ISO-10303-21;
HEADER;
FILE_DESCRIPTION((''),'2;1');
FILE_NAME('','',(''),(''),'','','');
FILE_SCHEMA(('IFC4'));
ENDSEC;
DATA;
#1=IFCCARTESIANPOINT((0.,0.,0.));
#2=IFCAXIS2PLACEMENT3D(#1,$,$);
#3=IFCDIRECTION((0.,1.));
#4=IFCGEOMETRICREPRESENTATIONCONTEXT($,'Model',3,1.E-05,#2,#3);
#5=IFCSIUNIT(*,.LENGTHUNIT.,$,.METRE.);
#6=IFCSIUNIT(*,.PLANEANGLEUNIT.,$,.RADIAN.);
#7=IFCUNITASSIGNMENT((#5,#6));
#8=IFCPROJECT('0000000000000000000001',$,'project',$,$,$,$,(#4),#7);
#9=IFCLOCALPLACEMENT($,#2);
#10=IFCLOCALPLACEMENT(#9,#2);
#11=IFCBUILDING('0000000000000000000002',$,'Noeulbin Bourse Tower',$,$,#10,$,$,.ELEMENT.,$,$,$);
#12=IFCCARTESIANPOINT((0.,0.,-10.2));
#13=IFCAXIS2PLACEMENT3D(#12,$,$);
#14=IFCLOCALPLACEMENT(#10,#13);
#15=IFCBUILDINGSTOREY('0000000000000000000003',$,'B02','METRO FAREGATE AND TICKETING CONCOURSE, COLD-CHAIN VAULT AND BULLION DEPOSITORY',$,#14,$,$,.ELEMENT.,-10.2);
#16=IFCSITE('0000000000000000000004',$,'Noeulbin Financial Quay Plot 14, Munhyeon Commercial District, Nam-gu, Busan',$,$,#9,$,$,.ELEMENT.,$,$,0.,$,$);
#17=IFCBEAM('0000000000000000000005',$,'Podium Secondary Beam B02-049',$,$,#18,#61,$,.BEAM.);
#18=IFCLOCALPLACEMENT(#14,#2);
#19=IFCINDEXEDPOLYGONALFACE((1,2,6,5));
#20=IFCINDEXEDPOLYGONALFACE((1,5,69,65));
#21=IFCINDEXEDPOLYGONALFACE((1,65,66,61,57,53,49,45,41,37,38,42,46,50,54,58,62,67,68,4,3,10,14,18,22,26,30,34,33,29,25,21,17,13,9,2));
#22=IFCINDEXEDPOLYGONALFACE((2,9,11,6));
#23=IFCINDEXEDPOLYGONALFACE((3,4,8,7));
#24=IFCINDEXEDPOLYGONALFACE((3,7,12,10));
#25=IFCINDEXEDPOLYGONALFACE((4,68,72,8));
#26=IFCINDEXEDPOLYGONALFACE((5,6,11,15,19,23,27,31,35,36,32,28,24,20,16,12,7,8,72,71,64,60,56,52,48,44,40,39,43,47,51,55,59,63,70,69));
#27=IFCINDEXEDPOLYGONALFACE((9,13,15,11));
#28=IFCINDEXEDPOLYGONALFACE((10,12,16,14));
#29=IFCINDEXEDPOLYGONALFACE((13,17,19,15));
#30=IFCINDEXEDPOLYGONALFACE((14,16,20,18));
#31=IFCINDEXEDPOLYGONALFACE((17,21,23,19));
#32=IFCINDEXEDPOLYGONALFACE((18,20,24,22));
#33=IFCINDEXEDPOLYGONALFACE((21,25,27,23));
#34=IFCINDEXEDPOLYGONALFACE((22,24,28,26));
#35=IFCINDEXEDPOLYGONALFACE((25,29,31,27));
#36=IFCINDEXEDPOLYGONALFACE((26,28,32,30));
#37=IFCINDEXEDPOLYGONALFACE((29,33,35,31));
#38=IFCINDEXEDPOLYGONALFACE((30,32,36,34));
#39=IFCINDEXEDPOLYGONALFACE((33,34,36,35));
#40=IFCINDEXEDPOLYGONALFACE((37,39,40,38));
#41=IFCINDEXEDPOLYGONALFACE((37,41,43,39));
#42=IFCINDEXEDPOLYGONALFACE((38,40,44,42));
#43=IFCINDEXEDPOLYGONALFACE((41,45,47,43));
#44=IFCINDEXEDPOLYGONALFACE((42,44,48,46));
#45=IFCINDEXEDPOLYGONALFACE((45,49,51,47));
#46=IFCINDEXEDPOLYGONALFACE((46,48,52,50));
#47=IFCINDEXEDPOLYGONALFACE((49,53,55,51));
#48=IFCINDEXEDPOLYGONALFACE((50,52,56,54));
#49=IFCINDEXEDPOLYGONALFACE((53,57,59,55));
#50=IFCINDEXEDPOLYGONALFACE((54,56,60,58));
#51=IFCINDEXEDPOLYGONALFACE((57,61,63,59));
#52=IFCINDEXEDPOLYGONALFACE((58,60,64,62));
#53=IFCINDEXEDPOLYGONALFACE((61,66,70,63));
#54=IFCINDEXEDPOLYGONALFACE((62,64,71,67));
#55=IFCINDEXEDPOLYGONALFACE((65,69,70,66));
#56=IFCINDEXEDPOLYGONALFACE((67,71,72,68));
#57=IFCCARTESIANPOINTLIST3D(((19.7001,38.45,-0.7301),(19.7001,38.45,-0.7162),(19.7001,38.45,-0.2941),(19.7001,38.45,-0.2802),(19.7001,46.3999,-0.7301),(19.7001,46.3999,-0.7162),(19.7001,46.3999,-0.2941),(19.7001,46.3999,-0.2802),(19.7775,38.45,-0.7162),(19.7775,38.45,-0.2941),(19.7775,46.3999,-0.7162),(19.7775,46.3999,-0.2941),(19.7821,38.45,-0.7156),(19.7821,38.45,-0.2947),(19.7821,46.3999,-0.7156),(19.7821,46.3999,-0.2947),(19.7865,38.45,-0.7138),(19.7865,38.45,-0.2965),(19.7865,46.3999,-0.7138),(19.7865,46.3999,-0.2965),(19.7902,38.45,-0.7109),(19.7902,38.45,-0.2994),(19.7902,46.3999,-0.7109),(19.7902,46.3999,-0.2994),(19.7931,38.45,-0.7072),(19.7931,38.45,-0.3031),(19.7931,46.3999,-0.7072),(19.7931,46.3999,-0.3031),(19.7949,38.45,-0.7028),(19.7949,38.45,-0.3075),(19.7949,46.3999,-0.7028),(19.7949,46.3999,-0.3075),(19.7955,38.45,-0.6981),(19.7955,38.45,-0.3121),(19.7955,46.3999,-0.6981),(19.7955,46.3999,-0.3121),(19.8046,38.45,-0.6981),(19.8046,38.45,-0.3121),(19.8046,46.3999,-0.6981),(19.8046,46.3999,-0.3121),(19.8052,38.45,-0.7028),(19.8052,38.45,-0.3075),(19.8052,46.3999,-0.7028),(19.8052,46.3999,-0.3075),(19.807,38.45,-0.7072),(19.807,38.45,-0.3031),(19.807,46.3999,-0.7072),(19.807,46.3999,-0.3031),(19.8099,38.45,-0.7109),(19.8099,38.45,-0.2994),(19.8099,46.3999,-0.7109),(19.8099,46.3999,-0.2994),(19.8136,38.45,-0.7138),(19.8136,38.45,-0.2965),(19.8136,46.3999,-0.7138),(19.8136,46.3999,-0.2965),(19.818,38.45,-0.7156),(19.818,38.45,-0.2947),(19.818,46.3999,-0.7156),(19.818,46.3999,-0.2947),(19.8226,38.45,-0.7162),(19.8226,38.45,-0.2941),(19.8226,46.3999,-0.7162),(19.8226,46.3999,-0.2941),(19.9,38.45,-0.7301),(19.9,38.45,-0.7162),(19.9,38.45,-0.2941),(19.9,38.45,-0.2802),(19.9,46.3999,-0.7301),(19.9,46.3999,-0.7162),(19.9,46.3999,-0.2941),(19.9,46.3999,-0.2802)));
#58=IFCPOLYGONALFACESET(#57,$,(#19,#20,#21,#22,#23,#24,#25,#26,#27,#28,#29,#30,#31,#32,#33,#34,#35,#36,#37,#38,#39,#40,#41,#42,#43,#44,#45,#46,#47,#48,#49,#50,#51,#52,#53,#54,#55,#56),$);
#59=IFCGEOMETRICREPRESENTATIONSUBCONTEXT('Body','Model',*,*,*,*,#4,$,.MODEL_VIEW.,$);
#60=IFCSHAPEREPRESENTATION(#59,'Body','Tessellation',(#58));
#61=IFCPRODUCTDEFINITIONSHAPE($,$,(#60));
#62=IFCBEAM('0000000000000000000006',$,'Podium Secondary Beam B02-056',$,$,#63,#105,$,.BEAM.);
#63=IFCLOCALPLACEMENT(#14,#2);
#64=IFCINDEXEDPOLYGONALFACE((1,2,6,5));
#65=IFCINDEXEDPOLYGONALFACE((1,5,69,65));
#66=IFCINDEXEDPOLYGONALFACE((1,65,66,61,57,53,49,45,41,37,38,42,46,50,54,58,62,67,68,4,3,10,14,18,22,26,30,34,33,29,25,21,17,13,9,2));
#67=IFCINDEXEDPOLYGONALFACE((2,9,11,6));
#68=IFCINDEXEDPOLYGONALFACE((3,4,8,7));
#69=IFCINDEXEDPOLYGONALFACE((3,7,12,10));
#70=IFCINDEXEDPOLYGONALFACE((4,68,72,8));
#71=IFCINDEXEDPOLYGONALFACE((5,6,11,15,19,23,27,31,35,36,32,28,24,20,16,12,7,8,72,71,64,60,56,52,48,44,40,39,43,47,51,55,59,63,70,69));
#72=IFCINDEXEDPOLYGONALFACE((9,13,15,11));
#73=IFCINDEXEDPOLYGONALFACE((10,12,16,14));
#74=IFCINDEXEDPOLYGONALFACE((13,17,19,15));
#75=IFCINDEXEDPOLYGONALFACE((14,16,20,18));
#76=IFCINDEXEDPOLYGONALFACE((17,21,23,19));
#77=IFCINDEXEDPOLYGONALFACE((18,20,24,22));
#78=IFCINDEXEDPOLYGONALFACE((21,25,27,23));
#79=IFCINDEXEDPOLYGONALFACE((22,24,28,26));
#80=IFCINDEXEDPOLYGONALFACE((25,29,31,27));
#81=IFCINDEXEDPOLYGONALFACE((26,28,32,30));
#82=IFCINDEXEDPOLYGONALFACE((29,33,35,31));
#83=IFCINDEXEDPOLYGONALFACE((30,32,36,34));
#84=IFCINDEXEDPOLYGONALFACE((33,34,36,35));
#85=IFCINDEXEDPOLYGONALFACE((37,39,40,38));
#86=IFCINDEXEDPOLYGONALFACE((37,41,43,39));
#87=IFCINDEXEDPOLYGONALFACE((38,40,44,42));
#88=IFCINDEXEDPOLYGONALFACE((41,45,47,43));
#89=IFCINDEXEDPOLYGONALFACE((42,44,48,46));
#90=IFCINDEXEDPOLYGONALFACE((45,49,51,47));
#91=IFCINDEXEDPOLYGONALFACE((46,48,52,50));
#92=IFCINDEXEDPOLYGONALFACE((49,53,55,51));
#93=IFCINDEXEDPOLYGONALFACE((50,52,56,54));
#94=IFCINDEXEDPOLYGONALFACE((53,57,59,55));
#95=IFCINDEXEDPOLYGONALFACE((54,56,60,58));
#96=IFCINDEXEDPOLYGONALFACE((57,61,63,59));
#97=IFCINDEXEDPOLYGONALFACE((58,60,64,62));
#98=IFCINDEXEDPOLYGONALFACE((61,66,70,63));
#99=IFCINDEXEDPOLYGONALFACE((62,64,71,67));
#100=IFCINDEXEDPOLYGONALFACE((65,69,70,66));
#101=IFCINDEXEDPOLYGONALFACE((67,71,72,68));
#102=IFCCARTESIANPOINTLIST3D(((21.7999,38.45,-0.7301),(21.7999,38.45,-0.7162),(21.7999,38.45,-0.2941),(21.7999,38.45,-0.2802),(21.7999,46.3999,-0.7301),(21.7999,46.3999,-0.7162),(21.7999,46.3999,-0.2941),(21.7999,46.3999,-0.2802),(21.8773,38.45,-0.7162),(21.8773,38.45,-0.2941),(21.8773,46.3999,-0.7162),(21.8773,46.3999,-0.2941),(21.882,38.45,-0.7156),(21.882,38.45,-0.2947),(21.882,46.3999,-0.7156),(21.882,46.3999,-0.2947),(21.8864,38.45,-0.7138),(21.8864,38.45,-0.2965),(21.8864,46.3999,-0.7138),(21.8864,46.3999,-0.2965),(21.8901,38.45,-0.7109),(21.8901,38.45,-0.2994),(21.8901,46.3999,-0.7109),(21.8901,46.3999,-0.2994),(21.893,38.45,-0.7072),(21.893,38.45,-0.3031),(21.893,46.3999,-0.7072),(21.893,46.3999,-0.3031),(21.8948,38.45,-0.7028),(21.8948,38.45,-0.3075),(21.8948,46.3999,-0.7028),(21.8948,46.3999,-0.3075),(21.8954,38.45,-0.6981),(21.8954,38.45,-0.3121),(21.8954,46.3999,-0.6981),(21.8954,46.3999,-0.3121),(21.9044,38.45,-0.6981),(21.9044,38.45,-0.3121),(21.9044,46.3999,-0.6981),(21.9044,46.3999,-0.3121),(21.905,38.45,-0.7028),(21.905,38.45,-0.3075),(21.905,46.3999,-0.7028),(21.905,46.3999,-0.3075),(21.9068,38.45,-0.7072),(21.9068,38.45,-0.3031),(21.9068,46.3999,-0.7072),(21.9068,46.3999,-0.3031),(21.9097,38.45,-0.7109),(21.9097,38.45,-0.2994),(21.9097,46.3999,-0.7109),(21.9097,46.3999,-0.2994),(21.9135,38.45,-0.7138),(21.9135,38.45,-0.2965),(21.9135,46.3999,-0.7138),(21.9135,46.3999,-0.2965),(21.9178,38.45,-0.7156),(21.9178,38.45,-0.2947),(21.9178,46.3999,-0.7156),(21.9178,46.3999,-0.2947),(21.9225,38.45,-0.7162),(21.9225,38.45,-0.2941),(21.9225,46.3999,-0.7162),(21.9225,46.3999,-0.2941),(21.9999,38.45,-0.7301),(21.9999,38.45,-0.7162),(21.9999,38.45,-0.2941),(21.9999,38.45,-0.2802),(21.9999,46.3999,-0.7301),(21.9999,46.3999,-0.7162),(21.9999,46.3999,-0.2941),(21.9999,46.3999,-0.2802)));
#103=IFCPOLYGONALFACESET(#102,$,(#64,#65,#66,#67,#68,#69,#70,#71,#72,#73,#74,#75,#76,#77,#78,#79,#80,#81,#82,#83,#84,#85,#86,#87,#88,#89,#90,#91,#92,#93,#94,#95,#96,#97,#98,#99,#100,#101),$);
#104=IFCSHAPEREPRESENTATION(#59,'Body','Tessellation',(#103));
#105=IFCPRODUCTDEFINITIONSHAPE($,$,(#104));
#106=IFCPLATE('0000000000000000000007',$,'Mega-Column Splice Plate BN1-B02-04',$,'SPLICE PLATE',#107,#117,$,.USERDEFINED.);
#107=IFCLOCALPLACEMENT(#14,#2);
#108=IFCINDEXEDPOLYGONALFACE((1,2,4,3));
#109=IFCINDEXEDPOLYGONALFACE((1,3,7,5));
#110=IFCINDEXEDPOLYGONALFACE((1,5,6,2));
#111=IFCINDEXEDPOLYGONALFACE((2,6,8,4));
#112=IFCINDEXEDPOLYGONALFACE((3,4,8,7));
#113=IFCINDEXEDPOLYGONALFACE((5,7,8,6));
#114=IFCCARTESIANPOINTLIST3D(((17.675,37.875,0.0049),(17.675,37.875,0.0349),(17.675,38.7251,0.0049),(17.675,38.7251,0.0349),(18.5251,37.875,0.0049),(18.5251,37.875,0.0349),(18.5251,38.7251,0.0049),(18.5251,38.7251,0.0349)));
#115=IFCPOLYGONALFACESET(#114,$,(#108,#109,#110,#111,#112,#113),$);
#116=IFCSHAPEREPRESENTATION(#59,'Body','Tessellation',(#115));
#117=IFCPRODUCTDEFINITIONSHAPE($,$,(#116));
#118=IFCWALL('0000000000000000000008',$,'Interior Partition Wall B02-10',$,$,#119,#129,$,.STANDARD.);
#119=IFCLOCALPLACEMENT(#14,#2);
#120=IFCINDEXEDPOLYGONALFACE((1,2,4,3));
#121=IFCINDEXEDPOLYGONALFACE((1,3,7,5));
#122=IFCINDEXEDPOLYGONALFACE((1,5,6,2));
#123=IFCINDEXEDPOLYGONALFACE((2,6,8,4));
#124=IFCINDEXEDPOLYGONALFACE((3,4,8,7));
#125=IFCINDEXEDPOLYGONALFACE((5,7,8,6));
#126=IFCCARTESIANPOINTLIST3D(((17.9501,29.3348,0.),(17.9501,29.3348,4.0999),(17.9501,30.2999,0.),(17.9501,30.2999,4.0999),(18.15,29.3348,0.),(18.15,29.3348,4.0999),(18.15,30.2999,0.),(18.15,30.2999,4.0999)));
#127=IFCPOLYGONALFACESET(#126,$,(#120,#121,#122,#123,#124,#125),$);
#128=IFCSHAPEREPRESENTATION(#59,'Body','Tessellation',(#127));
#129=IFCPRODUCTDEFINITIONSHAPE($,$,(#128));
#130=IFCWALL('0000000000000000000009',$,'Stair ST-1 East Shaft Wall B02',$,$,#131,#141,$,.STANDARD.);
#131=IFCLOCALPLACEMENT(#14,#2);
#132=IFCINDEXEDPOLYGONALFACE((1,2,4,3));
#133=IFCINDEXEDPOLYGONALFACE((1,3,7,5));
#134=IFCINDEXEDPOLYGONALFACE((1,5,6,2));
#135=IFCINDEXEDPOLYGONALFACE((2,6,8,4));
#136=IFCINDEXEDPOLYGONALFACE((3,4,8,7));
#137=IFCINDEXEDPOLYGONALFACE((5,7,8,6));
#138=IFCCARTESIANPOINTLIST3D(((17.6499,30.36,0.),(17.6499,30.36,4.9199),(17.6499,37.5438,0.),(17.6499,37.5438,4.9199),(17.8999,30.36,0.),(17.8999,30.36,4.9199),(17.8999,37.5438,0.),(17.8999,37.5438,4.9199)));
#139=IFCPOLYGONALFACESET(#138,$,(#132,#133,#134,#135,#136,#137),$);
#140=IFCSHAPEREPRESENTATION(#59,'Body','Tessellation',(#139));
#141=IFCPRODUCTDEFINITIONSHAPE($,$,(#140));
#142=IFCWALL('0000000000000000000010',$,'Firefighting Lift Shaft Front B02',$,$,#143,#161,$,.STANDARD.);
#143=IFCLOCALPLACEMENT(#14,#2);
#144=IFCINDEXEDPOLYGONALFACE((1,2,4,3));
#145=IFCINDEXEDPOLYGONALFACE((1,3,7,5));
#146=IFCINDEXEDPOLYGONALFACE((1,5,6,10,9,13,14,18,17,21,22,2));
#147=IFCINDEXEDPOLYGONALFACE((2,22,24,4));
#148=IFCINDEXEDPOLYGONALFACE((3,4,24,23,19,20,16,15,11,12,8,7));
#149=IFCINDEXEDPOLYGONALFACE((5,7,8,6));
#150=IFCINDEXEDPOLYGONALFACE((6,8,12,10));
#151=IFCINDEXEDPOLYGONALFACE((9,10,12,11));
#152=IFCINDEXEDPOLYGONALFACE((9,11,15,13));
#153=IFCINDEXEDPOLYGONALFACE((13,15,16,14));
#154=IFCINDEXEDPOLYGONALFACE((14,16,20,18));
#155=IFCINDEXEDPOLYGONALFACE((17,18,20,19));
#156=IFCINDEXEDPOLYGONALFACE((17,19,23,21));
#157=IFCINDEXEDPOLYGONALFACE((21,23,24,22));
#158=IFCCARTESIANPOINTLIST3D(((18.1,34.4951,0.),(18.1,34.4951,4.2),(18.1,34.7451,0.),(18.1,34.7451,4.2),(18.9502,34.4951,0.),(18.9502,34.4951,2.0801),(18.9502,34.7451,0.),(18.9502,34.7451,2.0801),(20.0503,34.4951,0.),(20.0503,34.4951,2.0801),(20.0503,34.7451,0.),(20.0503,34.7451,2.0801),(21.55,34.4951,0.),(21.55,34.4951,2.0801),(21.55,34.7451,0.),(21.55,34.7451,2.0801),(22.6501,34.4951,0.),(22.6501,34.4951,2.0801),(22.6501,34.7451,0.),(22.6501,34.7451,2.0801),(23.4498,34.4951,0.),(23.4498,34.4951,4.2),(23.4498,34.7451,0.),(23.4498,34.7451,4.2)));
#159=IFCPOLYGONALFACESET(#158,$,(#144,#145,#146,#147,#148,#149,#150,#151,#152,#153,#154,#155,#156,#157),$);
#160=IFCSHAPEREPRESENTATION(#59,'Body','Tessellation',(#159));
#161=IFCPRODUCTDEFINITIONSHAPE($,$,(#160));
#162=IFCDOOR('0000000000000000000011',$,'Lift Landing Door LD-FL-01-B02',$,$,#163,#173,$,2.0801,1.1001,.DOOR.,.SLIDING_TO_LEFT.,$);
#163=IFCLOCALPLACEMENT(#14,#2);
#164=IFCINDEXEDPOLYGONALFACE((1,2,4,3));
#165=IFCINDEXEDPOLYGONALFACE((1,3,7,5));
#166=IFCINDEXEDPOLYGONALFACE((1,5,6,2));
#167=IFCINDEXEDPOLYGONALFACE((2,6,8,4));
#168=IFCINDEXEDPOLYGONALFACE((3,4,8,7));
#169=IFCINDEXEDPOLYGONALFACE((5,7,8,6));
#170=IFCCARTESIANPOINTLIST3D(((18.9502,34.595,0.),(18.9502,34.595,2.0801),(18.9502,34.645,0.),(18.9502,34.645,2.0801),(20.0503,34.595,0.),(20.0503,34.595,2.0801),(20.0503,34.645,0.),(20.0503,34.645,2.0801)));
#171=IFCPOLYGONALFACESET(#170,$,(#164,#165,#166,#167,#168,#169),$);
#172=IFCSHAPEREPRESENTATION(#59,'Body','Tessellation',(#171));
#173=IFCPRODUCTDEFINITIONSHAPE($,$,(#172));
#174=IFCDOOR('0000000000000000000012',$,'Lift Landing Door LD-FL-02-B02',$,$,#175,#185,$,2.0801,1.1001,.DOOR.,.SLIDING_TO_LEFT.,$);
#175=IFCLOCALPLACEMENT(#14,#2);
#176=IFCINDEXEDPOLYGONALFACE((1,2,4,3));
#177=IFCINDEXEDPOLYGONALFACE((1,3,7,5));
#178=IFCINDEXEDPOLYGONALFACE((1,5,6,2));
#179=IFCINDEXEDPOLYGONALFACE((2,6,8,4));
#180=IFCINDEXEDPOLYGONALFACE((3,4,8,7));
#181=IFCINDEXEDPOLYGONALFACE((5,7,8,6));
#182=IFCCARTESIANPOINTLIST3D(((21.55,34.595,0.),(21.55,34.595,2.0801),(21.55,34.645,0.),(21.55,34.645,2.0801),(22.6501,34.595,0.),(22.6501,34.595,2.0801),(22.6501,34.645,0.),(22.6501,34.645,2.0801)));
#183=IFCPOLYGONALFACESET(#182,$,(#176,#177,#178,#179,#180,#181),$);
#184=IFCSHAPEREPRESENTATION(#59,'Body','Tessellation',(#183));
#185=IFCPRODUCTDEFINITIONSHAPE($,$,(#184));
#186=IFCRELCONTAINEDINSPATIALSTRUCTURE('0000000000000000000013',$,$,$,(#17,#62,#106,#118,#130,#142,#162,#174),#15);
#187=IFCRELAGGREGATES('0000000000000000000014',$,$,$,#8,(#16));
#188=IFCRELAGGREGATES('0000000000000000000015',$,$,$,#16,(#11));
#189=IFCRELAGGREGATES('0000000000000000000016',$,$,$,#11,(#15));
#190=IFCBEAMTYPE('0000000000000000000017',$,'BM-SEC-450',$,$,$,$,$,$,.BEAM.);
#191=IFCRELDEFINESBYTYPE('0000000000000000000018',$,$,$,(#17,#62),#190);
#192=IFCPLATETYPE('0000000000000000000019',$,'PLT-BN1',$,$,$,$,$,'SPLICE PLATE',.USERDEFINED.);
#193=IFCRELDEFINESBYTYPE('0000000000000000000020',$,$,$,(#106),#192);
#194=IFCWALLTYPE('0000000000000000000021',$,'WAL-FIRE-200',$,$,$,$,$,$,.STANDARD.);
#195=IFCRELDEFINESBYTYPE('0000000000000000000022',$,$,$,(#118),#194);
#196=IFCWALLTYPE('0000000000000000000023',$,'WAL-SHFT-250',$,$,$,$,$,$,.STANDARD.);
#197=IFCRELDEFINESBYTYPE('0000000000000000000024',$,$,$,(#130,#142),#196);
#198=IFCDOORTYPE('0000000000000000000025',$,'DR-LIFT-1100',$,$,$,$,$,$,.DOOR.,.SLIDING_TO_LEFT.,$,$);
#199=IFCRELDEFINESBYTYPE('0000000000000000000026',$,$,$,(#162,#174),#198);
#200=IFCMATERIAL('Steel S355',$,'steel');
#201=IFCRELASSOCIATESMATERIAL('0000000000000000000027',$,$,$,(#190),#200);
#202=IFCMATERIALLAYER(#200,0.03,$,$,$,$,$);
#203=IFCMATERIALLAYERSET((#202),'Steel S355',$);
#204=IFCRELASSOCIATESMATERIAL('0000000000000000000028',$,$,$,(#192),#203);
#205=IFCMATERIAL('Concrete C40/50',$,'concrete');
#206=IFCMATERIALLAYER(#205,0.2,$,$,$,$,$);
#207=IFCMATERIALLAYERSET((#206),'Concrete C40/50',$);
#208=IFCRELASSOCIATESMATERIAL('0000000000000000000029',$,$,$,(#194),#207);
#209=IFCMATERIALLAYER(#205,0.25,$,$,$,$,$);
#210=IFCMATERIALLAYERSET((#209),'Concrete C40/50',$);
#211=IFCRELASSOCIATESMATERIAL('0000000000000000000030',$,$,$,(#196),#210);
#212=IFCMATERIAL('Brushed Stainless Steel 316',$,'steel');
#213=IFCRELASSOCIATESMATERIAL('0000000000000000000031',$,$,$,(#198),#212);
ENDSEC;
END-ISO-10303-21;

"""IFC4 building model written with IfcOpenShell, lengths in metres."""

from ifc_helpers import new_model, si_unit, direction, frame, frame_2d, origin, origin_2d, place, context, subcontext, project, spatial, rectangle, i_section, extrude, material, layer, layer_set, material_profile, profile_set, type_object, element, fill, save


model = new_model("IFC4")

# Units and contexts
model_context = context("Model", 3, precision=1e-05, world=origin(), true_north=direction((0.0, 1.0)))
body_context = subcontext(model_context, "Body", "Model", "MODEL_VIEW")
ifc_project = project(units=[si_unit("LENGTHUNIT", "METRE"), si_unit("PLANEANGLEUNIT", "RADIAN")], contexts=[model_context])

# Site, building, storey
site_placement = place(None, origin())
site = spatial("IfcSite", under=ifc_project, at=site_placement, Name="Noeulbin Financial Quay Plot 14, Munhyeon Commercial District, Nam-gu, Busan", CompositionType="ELEMENT", RefElevation=0.0)
building_placement = place(site_placement, origin())
building = spatial("IfcBuilding", under=site, at=building_placement, Name="Noeulbin Bourse Tower", CompositionType="ELEMENT")
storey_placement = place(building_placement, frame((0.0, 0.0, -10.2)))
storey = spatial("IfcBuildingStorey", under=building, at=storey_placement, Name="B02", Description="METRO FAREGATE AND TICKETING CONCOURSE, COLD-CHAIN VAULT AND BULLION DEPOSITORY", CompositionType="ELEMENT", Elevation=-10.2)

# Beams
ifc_material_1 = material(Name="Steel S355", Category="steel")
ifc_material_profile_1 = material_profile(ifc_material_1, i_section(OverallWidth=0.2, OverallDepth=0.45, WebThickness=0.009, FlangeThickness=0.0139, FilletRadius=0.0181, at=origin_2d()), Name="H-450x200x9x14", Category="LoadBearing")
ifc_profile_set_1 = profile_set([ifc_material_profile_1], Name="Steel S355")
beam_type = type_object("IfcBeamType", Name="BM-SEC-450", PredefinedType="BEAM", material=ifc_profile_set_1)
for number, where, z_axis, x_axis, name in (
    (1, (19.8, 38.45, -0.5051), (0.0, 1.0, 0.0), (-1.0, 0.0, 0.0), "Podium Secondary Beam B02-049"),
    (2, (21.8999, 38.45, -0.5051), (0.0, 1.0, 0.0), (-1.0, 0.0, 0.0), "Podium Secondary Beam B02-056"),
):
    element("IfcBeam", number, at=place(storey_placement, frame(where, z_axis=z_axis, x_axis=x_axis)), inside=storey, type_object=beam_type, Name=name, PredefinedType="BEAM", context=body_context, shape_type="SweptSolid", body=[
        extrude(i_section(OverallWidth=0.2, OverallDepth=0.45, WebThickness=0.009, FlangeThickness=0.0139, FilletRadius=0.0181, at=origin_2d()), origin(), (0.0, 0.0, 1.0), 7.95),
    ])

# Plate
ifc_layer_1 = layer(ifc_material_1, 0.03)
ifc_layer_set_1 = layer_set([ifc_layer_1], Name="Steel S355")
plate_type = type_object("IfcPlateType", Name="PLT-BN1", ElementType="SPLICE PLATE", PredefinedType="USERDEFINED", material=ifc_layer_set_1)
plate_placement = place(storey_placement, frame((18.1001, 38.3, 0.0049), z_axis=(0.0, 0.0, 1.0), x_axis=(1.0, 0.0, 0.0)))
element("IfcPlate", 3, at=plate_placement, inside=storey, type_object=plate_type, Name="Mega-Column Splice Plate BN1-B02-04", ObjectType="SPLICE PLATE", PredefinedType="USERDEFINED", context=body_context, shape_type="SweptSolid", body=[
    extrude(rectangle(XDim=0.8501, YDim=0.8501, at=origin_2d()), origin(), (0.0, 0.0, 1.0), 0.03),
])

# Walls
ifc_material_2 = material(Name="Concrete C40/50", Category="concrete")
ifc_layer_2 = layer(ifc_material_2, 0.2)
ifc_layer_set_2 = layer_set([ifc_layer_2], Name="Concrete C40/50")
wall_type_1 = type_object("IfcWallType", Name="WAL-FIRE-200", PredefinedType="STANDARD", material=ifc_layer_set_2)
wall_1_placement = place(storey_placement, frame((18.05, 29.335, 0.0), z_axis=(0.0, 0.0, 1.0), x_axis=(0.0, 1.0, 0.0)))
element("IfcWall", 4, at=wall_1_placement, inside=storey, type_object=wall_type_1, Name="Interior Partition Wall B02-10", PredefinedType="STANDARD", context=body_context, shape_type="SweptSolid", body=[
    extrude(rectangle(XDim=0.9651, YDim=0.2, at=frame_2d((0.4824, 0.0))), origin(), (0.0, 0.0, 1.0), 4.0999),
])
ifc_layer_3 = layer(ifc_material_2, 0.25)
ifc_layer_set_3 = layer_set([ifc_layer_3], Name="Concrete C40/50")
wall_type_2 = type_object("IfcWallType", Name="WAL-SHFT-250", PredefinedType="STANDARD", material=ifc_layer_set_3)
wall_2_placement = place(storey_placement, frame((17.7749, 30.3601, 0.0), z_axis=(0.0, 0.0, 1.0), x_axis=(0.0, 1.0, 0.0)))
element("IfcWall", 5, at=wall_2_placement, inside=storey, type_object=wall_type_2, Name="Stair ST-1 East Shaft Wall B02", PredefinedType="STANDARD", context=body_context, shape_type="SweptSolid", body=[
    extrude(rectangle(XDim=7.1838, YDim=0.25, at=frame_2d((3.5918, 0.0))), origin(), (0.0, 0.0, 1.0), 4.9199),
])

# Wall, openings, doors
wall_3_placement = place(storey_placement, frame((18.1001, 34.6201, 0.0), z_axis=(0.0, 0.0, 1.0), x_axis=(1.0, 0.0, 0.0)))
wall_3 = element("IfcWall", 6, at=wall_3_placement, inside=storey, type_object=wall_type_2, Name="Firefighting Lift Shaft Front B02", PredefinedType="STANDARD", context=body_context, shape_type="SweptSolid", body=[
    extrude(rectangle(XDim=5.3499, YDim=0.25, at=frame_2d((2.6748, 0.0))), origin(), (0.0, 0.0, 1.0), 4.2),
])
opening_1_placement = place(wall_3_placement, frame((0.8501, 0.0, 0.0)))
opening_1 = element("IfcOpeningElement", 7, at=opening_1_placement, cuts=wall_3, PredefinedType="OPENING", context=body_context, shape_type="SweptSolid", body=[
    extrude(rectangle(XDim=1.1001, YDim=2.0801, at=frame_2d((0.55, 1.04))), frame((0.0, 0.135, 0.0), z_axis=(0.0, -1.0, 0.0), x_axis=(1.0, 0.0, 0.0)), (0.0, 0.0, 1.0), 0.27),
])
opening_2_placement = place(wall_3_placement, frame((3.45, 0.0, 0.0)))
opening_2 = element("IfcOpeningElement", 8, at=opening_2_placement, cuts=wall_3, PredefinedType="OPENING", context=body_context, shape_type="SweptSolid", body=[
    extrude(rectangle(XDim=1.1001, YDim=2.0801, at=frame_2d((0.55, 1.04))), frame((0.0, 0.135, 0.0), z_axis=(0.0, -1.0, 0.0), x_axis=(1.0, 0.0, 0.0)), (0.0, 0.0, 1.0), 0.27),
])
ifc_material_3 = material(Name="Brushed Stainless Steel 316", Category="steel")
door_type = type_object("IfcDoorType", Name="DR-LIFT-1100", OperationType="SLIDING_TO_LEFT", PredefinedType="DOOR", material=ifc_material_3)
door_1_placement = place(opening_1_placement, origin())
door_1 = element("IfcDoor", 9, at=door_1_placement, inside=storey, type_object=door_type, Name="Lift Landing Door LD-FL-01-B02", OperationType="SLIDING_TO_LEFT", OverallHeight=2.0801, OverallWidth=1.1001, PredefinedType="DOOR", context=body_context, shape_type="SweptSolid", body=[
    extrude(rectangle(XDim=1.1001, YDim=2.0801, at=frame_2d((0.55, 1.04))), frame((0.0, 0.0249, 0.0), z_axis=(0.0, -1.0, 0.0), x_axis=(1.0, 0.0, 0.0)), (0.0, 0.0, 1.0), 0.05),
])
fill(opening_1, door_1)
door_2_placement = place(opening_2_placement, origin())
door_2 = element("IfcDoor", 10, at=door_2_placement, inside=storey, type_object=door_type, Name="Lift Landing Door LD-FL-02-B02", OperationType="SLIDING_TO_LEFT", OverallHeight=2.0801, OverallWidth=1.1001, PredefinedType="DOOR", context=body_context, shape_type="SweptSolid", body=[
    extrude(rectangle(XDim=1.1001, YDim=2.0801, at=frame_2d((0.55, 1.04))), frame((0.0, 0.0249, 0.0), z_axis=(0.0, -1.0, 0.0), x_axis=(1.0, 0.0, 0.0)), (0.0, 0.0, 1.0), 0.05),
])
fill(opening_2, door_2)

save(model, "model.ifc")
